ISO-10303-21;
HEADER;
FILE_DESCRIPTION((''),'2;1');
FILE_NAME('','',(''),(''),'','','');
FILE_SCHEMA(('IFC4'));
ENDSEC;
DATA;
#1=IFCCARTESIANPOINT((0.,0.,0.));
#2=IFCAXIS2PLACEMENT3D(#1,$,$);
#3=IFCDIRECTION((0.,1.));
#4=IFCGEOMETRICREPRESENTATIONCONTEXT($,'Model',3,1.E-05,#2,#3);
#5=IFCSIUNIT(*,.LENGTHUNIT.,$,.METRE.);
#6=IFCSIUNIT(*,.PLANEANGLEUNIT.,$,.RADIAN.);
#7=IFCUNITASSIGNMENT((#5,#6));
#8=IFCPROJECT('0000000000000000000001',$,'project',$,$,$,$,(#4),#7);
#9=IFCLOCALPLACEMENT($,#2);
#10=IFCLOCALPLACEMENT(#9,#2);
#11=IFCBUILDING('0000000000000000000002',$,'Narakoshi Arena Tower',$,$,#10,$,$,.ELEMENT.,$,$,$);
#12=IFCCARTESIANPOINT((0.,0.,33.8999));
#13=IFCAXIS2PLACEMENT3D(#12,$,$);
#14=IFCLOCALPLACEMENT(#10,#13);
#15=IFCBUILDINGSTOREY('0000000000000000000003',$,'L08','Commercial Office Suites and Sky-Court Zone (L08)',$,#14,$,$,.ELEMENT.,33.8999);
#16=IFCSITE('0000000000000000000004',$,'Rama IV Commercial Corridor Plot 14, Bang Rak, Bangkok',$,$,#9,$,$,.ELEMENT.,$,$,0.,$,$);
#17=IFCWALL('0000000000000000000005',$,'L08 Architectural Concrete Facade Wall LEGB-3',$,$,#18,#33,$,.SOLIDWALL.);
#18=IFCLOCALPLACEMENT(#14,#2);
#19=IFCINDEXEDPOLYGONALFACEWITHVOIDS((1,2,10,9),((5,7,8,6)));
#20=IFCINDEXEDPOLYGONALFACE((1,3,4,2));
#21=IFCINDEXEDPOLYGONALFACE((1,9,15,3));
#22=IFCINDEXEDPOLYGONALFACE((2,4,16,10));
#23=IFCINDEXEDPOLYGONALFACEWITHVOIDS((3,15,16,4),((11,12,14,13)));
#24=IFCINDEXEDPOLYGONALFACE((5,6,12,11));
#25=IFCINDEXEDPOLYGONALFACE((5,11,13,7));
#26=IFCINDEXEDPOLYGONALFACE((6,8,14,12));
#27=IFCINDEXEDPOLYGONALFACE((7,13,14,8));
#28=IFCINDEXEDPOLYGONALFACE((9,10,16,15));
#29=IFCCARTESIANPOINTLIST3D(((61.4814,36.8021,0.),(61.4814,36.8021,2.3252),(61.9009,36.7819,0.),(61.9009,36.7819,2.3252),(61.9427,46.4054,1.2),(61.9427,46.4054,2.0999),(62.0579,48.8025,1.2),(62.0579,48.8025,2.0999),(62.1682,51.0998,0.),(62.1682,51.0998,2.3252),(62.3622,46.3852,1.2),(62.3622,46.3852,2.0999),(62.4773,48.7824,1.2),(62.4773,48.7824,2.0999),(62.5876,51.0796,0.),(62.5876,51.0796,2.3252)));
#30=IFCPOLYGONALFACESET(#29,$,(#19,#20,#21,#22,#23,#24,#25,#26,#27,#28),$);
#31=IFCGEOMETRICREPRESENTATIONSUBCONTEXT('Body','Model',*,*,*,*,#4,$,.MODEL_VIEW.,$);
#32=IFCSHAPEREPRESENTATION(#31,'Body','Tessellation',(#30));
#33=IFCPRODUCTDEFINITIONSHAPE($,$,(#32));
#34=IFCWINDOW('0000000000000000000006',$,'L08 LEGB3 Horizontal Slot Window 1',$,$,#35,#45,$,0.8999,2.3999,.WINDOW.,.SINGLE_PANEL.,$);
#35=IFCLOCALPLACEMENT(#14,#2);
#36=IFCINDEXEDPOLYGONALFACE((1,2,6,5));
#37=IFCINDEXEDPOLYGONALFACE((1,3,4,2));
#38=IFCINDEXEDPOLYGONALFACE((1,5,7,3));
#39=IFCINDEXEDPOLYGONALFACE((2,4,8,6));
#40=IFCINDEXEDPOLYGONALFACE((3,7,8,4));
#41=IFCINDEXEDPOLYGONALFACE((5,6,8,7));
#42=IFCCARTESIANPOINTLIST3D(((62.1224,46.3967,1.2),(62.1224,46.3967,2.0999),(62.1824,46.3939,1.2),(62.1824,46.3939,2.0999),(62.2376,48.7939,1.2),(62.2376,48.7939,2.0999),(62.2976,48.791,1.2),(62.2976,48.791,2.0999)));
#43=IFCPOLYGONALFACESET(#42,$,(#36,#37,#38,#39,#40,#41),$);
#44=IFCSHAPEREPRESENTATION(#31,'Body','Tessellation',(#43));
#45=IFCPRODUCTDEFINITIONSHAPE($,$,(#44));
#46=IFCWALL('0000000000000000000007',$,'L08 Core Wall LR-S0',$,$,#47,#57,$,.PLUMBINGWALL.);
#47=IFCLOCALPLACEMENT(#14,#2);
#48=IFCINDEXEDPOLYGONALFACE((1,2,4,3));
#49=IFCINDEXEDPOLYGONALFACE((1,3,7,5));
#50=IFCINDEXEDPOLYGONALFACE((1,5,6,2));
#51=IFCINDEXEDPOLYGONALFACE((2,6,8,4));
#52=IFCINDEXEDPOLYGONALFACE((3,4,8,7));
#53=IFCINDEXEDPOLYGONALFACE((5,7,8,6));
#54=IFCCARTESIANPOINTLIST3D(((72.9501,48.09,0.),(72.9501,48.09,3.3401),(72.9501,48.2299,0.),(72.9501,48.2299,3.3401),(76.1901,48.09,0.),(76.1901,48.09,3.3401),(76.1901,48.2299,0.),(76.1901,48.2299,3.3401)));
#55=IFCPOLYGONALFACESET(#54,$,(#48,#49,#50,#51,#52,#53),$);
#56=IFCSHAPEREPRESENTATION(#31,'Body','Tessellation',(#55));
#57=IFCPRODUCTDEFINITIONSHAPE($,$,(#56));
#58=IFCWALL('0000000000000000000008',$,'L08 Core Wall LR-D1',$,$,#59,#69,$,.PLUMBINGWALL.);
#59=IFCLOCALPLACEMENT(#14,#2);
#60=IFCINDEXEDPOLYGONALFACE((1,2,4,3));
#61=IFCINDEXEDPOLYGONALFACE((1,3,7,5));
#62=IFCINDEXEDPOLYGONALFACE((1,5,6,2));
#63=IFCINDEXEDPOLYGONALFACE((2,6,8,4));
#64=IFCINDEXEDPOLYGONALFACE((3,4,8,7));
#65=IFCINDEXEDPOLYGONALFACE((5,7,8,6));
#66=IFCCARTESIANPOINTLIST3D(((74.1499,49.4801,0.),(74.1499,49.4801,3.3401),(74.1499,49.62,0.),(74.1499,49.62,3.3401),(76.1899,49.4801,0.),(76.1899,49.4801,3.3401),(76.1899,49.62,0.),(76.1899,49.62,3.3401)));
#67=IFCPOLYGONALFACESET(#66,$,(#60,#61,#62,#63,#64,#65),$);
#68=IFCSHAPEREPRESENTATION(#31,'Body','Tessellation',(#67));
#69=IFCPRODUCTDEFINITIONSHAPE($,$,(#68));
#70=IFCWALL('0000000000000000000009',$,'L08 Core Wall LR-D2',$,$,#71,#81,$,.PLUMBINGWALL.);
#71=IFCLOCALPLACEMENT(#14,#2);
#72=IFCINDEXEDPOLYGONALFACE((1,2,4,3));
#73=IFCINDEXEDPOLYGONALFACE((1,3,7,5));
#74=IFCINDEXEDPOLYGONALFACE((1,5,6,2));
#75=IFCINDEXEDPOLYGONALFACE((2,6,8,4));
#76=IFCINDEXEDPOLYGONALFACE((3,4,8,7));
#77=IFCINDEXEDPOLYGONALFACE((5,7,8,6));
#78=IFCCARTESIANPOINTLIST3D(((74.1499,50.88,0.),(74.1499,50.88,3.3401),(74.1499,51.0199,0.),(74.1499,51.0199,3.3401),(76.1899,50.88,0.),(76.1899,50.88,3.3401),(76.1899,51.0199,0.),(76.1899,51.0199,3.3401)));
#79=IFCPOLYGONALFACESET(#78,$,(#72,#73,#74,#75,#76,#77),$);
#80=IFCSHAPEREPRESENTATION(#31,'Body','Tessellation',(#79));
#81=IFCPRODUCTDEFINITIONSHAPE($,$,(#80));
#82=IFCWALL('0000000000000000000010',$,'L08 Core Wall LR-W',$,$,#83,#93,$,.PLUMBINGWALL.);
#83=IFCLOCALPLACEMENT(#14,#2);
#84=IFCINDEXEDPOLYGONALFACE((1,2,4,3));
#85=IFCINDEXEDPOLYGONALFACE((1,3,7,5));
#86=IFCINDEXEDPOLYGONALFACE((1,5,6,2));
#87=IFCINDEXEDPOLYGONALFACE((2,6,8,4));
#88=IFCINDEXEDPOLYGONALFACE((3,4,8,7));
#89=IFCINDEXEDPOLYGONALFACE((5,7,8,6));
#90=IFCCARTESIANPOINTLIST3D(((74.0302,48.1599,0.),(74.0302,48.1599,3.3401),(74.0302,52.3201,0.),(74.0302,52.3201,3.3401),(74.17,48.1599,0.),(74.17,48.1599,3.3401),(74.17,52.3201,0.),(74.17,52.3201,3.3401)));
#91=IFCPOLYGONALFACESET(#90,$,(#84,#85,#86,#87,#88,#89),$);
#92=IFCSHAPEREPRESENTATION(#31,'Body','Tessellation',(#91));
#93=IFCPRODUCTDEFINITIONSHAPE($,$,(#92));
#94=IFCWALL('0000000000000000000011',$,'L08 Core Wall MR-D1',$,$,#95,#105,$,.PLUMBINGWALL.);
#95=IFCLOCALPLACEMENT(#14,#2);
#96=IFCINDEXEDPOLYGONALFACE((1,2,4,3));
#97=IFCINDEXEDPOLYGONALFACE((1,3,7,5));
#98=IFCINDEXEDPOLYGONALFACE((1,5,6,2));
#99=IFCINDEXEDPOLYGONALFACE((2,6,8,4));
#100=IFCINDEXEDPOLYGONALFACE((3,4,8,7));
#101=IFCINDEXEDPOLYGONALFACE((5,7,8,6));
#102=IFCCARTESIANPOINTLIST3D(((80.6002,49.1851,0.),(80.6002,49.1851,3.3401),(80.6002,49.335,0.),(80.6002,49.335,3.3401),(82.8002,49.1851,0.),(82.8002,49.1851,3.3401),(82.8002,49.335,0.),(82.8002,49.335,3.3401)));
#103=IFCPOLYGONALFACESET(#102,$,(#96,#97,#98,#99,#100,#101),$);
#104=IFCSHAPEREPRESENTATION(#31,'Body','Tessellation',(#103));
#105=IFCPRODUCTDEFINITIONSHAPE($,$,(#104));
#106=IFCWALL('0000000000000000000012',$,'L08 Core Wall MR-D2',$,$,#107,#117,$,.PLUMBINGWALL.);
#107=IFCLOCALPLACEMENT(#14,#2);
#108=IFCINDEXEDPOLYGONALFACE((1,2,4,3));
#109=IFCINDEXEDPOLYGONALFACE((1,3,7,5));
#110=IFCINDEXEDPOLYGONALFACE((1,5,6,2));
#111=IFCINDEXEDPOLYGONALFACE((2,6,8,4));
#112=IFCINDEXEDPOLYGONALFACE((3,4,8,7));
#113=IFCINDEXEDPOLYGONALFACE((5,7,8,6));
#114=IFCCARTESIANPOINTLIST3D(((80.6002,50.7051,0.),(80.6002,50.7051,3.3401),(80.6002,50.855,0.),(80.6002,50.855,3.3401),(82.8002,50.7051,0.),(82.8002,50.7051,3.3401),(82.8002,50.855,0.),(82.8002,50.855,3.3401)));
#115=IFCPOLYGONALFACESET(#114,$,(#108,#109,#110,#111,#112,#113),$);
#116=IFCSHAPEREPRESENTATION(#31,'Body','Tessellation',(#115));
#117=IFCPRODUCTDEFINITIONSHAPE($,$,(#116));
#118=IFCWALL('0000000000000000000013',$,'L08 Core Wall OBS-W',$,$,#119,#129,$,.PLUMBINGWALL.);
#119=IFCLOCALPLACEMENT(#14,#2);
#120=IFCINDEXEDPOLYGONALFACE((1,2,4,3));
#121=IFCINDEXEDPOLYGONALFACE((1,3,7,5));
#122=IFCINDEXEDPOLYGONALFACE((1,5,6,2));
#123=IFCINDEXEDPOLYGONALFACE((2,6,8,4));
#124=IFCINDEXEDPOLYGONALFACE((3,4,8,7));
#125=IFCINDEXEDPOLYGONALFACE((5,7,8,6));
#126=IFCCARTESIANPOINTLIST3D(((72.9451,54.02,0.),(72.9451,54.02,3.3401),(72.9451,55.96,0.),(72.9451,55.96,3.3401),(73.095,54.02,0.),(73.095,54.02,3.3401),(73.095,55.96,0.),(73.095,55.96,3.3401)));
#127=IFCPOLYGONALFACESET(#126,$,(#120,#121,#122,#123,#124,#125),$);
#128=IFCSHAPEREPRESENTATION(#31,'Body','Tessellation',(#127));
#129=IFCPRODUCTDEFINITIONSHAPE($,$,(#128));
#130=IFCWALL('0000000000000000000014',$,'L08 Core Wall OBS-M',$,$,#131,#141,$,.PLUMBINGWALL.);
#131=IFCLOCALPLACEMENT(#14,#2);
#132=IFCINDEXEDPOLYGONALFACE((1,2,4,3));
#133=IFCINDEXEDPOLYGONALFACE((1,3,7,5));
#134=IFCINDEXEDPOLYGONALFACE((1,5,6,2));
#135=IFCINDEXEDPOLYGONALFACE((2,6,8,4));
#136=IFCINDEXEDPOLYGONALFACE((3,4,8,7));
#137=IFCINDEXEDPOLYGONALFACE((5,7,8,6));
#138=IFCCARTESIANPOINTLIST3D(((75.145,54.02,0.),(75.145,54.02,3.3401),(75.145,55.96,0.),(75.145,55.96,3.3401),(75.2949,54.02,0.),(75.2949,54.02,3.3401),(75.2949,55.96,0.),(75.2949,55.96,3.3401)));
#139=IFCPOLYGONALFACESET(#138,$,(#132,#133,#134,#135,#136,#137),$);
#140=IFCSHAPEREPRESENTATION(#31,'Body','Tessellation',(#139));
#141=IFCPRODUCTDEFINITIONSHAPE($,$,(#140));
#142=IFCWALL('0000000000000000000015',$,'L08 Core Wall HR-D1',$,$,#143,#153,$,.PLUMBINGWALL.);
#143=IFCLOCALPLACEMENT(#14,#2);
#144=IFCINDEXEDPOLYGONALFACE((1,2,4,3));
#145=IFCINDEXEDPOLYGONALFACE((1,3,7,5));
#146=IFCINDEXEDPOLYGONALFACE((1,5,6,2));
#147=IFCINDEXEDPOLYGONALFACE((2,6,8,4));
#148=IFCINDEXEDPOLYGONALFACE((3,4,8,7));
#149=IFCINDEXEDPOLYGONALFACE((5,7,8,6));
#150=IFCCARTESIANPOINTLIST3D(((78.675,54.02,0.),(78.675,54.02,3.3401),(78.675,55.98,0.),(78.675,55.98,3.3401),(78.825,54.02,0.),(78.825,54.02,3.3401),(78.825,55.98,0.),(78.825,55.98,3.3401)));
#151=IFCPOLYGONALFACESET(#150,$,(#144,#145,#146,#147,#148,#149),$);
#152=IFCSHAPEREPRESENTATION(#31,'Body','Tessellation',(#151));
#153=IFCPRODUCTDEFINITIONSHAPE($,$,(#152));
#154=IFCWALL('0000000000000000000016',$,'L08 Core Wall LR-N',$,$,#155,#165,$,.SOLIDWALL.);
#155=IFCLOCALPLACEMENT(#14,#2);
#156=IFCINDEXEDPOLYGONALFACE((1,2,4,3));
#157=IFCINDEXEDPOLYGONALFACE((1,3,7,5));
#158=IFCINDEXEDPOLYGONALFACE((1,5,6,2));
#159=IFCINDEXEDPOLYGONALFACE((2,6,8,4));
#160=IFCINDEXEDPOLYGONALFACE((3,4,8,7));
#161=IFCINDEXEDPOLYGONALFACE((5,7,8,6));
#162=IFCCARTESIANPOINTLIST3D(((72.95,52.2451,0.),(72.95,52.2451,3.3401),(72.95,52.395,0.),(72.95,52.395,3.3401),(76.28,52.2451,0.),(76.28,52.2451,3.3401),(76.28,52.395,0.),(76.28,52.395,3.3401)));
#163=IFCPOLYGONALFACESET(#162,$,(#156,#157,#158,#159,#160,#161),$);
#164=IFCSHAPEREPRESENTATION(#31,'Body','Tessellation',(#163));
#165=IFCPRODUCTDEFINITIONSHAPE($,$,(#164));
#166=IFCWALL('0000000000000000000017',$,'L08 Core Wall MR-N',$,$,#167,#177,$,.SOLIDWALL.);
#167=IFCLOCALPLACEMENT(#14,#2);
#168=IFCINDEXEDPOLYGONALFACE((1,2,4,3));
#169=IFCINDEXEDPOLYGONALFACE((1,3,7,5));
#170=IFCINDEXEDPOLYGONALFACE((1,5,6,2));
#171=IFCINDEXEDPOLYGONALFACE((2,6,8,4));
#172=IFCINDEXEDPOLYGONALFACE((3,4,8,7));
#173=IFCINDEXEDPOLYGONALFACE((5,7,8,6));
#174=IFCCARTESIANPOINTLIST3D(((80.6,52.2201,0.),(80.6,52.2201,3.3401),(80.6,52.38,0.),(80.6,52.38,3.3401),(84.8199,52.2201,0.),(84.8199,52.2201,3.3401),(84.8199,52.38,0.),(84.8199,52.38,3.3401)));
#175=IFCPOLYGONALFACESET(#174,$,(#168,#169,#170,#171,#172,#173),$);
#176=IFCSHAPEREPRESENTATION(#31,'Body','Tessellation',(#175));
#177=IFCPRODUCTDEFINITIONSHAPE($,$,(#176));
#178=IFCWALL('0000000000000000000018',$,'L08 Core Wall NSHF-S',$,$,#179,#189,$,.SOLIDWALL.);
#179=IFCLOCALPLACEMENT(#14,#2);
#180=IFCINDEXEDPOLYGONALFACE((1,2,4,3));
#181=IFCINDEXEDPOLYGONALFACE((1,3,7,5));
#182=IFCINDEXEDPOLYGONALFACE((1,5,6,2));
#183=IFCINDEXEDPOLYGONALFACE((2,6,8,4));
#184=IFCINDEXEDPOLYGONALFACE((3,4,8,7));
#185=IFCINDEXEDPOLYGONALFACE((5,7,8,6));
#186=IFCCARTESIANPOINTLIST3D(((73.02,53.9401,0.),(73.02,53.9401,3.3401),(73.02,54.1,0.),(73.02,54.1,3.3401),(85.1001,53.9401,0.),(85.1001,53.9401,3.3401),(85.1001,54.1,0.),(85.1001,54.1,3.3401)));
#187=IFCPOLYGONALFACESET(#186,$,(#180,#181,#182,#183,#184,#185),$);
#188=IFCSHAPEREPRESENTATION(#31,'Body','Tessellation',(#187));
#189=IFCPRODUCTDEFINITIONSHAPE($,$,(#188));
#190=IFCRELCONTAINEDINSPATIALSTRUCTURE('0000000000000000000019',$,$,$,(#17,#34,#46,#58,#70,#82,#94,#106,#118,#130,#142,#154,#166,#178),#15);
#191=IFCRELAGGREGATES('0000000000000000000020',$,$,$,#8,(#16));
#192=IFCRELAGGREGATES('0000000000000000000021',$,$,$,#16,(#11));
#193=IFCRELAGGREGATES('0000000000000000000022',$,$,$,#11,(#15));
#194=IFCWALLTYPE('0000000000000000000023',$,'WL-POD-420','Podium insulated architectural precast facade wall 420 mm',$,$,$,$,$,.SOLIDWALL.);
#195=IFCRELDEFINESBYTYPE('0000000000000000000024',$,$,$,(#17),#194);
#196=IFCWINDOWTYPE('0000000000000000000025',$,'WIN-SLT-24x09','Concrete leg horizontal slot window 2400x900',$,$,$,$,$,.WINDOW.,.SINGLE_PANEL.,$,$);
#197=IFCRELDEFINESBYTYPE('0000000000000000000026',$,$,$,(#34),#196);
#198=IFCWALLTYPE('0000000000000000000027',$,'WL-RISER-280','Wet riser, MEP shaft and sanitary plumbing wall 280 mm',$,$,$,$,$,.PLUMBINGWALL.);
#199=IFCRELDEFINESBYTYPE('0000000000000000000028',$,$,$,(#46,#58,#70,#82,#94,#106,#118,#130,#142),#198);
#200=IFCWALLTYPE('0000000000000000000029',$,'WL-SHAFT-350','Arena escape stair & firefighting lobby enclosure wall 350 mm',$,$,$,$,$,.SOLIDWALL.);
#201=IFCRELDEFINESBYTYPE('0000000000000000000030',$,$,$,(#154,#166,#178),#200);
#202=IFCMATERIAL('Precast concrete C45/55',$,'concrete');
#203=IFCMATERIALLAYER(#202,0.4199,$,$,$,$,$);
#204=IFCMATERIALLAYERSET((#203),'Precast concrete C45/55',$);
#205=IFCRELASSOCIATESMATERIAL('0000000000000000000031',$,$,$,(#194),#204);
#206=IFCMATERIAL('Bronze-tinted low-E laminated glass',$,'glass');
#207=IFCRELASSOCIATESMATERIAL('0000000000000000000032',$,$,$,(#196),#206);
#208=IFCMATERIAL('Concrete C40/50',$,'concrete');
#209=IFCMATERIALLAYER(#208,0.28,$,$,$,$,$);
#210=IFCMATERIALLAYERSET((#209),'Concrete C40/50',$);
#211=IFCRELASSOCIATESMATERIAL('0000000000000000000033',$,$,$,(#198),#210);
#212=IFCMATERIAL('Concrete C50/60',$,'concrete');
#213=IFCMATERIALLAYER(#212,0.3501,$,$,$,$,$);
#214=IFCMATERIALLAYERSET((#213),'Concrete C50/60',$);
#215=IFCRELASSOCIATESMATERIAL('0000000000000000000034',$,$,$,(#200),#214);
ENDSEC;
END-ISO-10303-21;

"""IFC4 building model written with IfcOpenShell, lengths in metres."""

from ifc_helpers import new_model, si_unit, direction, frame, frame_2d, origin, place, context, subcontext, project, spatial, rectangle, extrude, material, layer, layer_set, type_object, element, fill, save


model = new_model("IFC4")

# Units and contexts
model_context = context("Model", 3, precision=1e-05, world=origin(), true_north=direction((0.0, 1.0)))
body_context = subcontext(model_context, "Body", "Model", "MODEL_VIEW")
ifc_project = project(units=[si_unit("LENGTHUNIT", "METRE"), si_unit("PLANEANGLEUNIT", "RADIAN")], contexts=[model_context])

# Site, building, storey
site_placement = place(None, origin())
site = spatial("IfcSite", under=ifc_project, at=site_placement, Name="Rama IV Commercial Corridor Plot 14, Bang Rak, Bangkok", CompositionType="ELEMENT", RefElevation=0.0)
building_placement = place(site_placement, origin())
building = spatial("IfcBuilding", under=site, at=building_placement, Name="Narakoshi Arena Tower", CompositionType="ELEMENT")
storey_placement = place(building_placement, frame((0.0, 0.0, 33.8999)))
storey = spatial("IfcBuildingStorey", under=building, at=storey_placement, Name="L08", Description="Commercial Office Suites and Sky-Court Zone (L08)", CompositionType="ELEMENT", Elevation=33.8999)

# Wall, opening, window
ifc_material_1 = material(Name="Precast concrete C45/55", Category="concrete")
ifc_layer_1 = layer(ifc_material_1, 0.4199)
ifc_layer_set_1 = layer_set([ifc_layer_1], Name="Precast concrete C45/55")
wall_type_1 = type_object("IfcWallType", Name="WL-POD-420", Description="Podium insulated architectural precast facade wall 420 mm", PredefinedType="SOLIDWALL", material=ifc_layer_set_1)
wall_1_placement = place(storey_placement, frame((62.3779, 51.0898, 0.0), z_axis=(0.0, 0.0, 1.0), x_axis=(-0.047978, -0.998848, 0.0)))
wall_1 = element("IfcWall", 1, at=wall_1_placement, inside=storey, type_object=wall_type_1, Name="L08 Architectural Concrete Facade Wall LEGB-3", PredefinedType="SOLIDWALL", context=body_context, shape_type="SweptSolid", body=[
    extrude(rectangle(XDim=14.3142, YDim=0.4199, at=frame_2d((7.1572, 0.0))), origin(), (0.0, 0.0, 1.0), 2.3252),
])
opening_1_placement = place(wall_1_placement, frame((2.3, 0.0, 1.2)))
opening_1 = element("IfcOpeningElement", 2, at=opening_1_placement, cuts=wall_1, PredefinedType="OPENING", context=body_context, shape_type="SweptSolid", body=[
    extrude(rectangle(XDim=2.3999, YDim=0.8999, at=frame_2d((1.2, 0.45))), frame((0.0, 0.22, 0.0), z_axis=(0.0, -1.0, 0.0), x_axis=(1.0, 0.0, 0.0)), (0.0, 0.0, 1.0), 0.4399),
])
ifc_material_2 = material(Name="Bronze-tinted low-E laminated glass", Category="glass")
window_type = type_object("IfcWindowType", Name="WIN-SLT-24x09", Description="Concrete leg horizontal slot window 2400x900", PartitioningType="SINGLE_PANEL", PredefinedType="WINDOW", material=ifc_material_2)
window_placement = place(opening_1_placement, origin())
window = element("IfcWindow", 3, at=window_placement, inside=storey, type_object=window_type, Name="L08 LEGB3 Horizontal Slot Window 1", OverallHeight=0.8999, OverallWidth=2.3999, PartitioningType="SINGLE_PANEL", PredefinedType="WINDOW", context=body_context, shape_type="SweptSolid", body=[
    extrude(rectangle(XDim=2.3999, YDim=0.8999, at=frame_2d((1.2, 0.45))), frame((0.0, 0.03, 0.0), z_axis=(0.0, -1.0, 0.0), x_axis=(1.0, 0.0, 0.0)), (0.0, 0.0, 1.0), 0.0601),
])
fill(opening_1, window)

# Walls
ifc_material_3 = material(Name="Concrete C40/50", Category="concrete")
ifc_layer_2 = layer(ifc_material_3, 0.28)
ifc_layer_set_2 = layer_set([ifc_layer_2], Name="Concrete C40/50")
wall_type_2 = type_object("IfcWallType", Name="WL-RISER-280", Description="Wet riser, MEP shaft and sanitary plumbing wall 280 mm", PredefinedType="PLUMBINGWALL", material=ifc_layer_set_2)
wall_2_placement = place(storey_placement, frame((72.95, 48.1599, 0.0), z_axis=(0.0, 0.0, 1.0), x_axis=(1.0, 0.0, 0.0)))
element("IfcWall", 4, at=wall_2_placement, inside=storey, type_object=wall_type_2, Name="L08 Core Wall LR-S0", PredefinedType="PLUMBINGWALL", context=body_context, shape_type="SweptSolid", body=[
    extrude(rectangle(XDim=3.24, YDim=0.1399, at=frame_2d((1.6201, 0.0))), origin(), (0.0, 0.0, 1.0), 3.3401),
])
for number, where, z_axis, x_axis, name in (
    (5, (74.1499, 49.55, 0.0), (0.0, 0.0, 1.0), (1.0, 0.0, 0.0), "L08 Core Wall LR-D1"),
    (6, (74.1499, 50.95, 0.0), (0.0, 0.0, 1.0), (1.0, 0.0, 0.0), "L08 Core Wall LR-D2"),
):
    element("IfcWall", number, at=place(storey_placement, frame(where, z_axis=z_axis, x_axis=x_axis)), inside=storey, type_object=wall_type_2, Name=name, PredefinedType="PLUMBINGWALL", context=body_context, shape_type="SweptSolid", body=[
        extrude(rectangle(XDim=2.04, YDim=0.1399, at=frame_2d((1.02, 0.0))), origin(), (0.0, 0.0, 1.0), 3.3401),
    ])
wall_3_placement = place(storey_placement, frame((74.1001, 48.1599, 0.0), z_axis=(0.0, 0.0, 1.0), x_axis=(0.0, 1.0, 0.0)))
element("IfcWall", 7, at=wall_3_placement, inside=storey, type_object=wall_type_2, Name="L08 Core Wall LR-W", PredefinedType="PLUMBINGWALL", context=body_context, shape_type="SweptSolid", body=[
    extrude(rectangle(XDim=4.1602, YDim=0.1399, at=frame_2d((2.0801, 0.0))), origin(), (0.0, 0.0, 1.0), 3.3401),
])
for number, where, z_axis, x_axis, name in (
    (8, (80.6001, 49.26, 0.0), (0.0, 0.0, 1.0), (1.0, 0.0, 0.0), "L08 Core Wall MR-D1"),
    (9, (80.6001, 50.78, 0.0), (0.0, 0.0, 1.0), (1.0, 0.0, 0.0), "L08 Core Wall MR-D2"),
):
    element("IfcWall", number, at=place(storey_placement, frame(where, z_axis=z_axis, x_axis=x_axis)), inside=storey, type_object=wall_type_2, Name=name, PredefinedType="PLUMBINGWALL", context=body_context, shape_type="SweptSolid", body=[
        extrude(rectangle(XDim=2.2, YDim=0.1499, at=frame_2d((1.1001, 0.0))), origin(), (0.0, 0.0, 1.0), 3.3401),
    ])
for number, where, z_axis, x_axis, name in (
    (10, (73.02, 54.02, 0.0), (0.0, 0.0, 1.0), (0.0, 1.0, 0.0), "L08 Core Wall OBS-W"),
    (11, (75.22, 54.02, 0.0), (0.0, 0.0, 1.0), (0.0, 1.0, 0.0), "L08 Core Wall OBS-M"),
):
    element("IfcWall", number, at=place(storey_placement, frame(where, z_axis=z_axis, x_axis=x_axis)), inside=storey, type_object=wall_type_2, Name=name, PredefinedType="PLUMBINGWALL", context=body_context, shape_type="SweptSolid", body=[
        extrude(rectangle(XDim=1.9399, YDim=0.1499, at=frame_2d((0.97, 0.0))), origin(), (0.0, 0.0, 1.0), 3.3401),
    ])
wall_4_placement = place(storey_placement, frame((78.75, 54.02, 0.0), z_axis=(0.0, 0.0, 1.0), x_axis=(0.0, 1.0, 0.0)))
element("IfcWall", 12, at=wall_4_placement, inside=storey, type_object=wall_type_2, Name="L08 Core Wall HR-D1", PredefinedType="PLUMBINGWALL", context=body_context, shape_type="SweptSolid", body=[
    extrude(rectangle(XDim=1.96, YDim=0.1499, at=frame_2d((0.98, 0.0))), origin(), (0.0, 0.0, 1.0), 3.3401),
])
ifc_material_4 = material(Name="Concrete C50/60", Category="concrete")
ifc_layer_3 = layer(ifc_material_4, 0.3501)
ifc_layer_set_3 = layer_set([ifc_layer_3], Name="Concrete C50/60")
wall_type_3 = type_object("IfcWallType", Name="WL-SHAFT-350", Description="Arena escape stair & firefighting lobby enclosure wall 350 mm", PredefinedType="SOLIDWALL", material=ifc_layer_set_3)
wall_5_placement = place(storey_placement, frame((72.95, 52.3201, 0.0), z_axis=(0.0, 0.0, 1.0), x_axis=(1.0, 0.0, 0.0)))
element("IfcWall", 13, at=wall_5_placement, inside=storey, type_object=wall_type_3, Name="L08 Core Wall LR-N", PredefinedType="SOLIDWALL", context=body_context, shape_type="SweptSolid", body=[
    extrude(rectangle(XDim=3.3301, YDim=0.1499, at=frame_2d((1.665, 0.0))), origin(), (0.0, 0.0, 1.0), 3.3401),
])
wall_6_placement = place(storey_placement, frame((80.6001, 52.3, 0.0), z_axis=(0.0, 0.0, 1.0), x_axis=(1.0, 0.0, 0.0)))
element("IfcWall", 14, at=wall_6_placement, inside=storey, type_object=wall_type_3, Name="L08 Core Wall MR-N", PredefinedType="SOLIDWALL", context=body_context, shape_type="SweptSolid", body=[
    extrude(rectangle(XDim=4.22, YDim=0.1599, at=frame_2d((2.1099, 0.0))), origin(), (0.0, 0.0, 1.0), 3.3401),
])
wall_7_placement = place(storey_placement, frame((73.02, 54.02, 0.0), z_axis=(0.0, 0.0, 1.0), x_axis=(1.0, 0.0, 0.0)))
element("IfcWall", 15, at=wall_7_placement, inside=storey, type_object=wall_type_3, Name="L08 Core Wall NSHF-S", PredefinedType="SOLIDWALL", context=body_context, shape_type="SweptSolid", body=[
    extrude(rectangle(XDim=12.0801, YDim=0.1599, at=frame_2d((6.04, 0.0))), origin(), (0.0, 0.0, 1.0), 3.3401),
])

save(model, "model.ifc")
